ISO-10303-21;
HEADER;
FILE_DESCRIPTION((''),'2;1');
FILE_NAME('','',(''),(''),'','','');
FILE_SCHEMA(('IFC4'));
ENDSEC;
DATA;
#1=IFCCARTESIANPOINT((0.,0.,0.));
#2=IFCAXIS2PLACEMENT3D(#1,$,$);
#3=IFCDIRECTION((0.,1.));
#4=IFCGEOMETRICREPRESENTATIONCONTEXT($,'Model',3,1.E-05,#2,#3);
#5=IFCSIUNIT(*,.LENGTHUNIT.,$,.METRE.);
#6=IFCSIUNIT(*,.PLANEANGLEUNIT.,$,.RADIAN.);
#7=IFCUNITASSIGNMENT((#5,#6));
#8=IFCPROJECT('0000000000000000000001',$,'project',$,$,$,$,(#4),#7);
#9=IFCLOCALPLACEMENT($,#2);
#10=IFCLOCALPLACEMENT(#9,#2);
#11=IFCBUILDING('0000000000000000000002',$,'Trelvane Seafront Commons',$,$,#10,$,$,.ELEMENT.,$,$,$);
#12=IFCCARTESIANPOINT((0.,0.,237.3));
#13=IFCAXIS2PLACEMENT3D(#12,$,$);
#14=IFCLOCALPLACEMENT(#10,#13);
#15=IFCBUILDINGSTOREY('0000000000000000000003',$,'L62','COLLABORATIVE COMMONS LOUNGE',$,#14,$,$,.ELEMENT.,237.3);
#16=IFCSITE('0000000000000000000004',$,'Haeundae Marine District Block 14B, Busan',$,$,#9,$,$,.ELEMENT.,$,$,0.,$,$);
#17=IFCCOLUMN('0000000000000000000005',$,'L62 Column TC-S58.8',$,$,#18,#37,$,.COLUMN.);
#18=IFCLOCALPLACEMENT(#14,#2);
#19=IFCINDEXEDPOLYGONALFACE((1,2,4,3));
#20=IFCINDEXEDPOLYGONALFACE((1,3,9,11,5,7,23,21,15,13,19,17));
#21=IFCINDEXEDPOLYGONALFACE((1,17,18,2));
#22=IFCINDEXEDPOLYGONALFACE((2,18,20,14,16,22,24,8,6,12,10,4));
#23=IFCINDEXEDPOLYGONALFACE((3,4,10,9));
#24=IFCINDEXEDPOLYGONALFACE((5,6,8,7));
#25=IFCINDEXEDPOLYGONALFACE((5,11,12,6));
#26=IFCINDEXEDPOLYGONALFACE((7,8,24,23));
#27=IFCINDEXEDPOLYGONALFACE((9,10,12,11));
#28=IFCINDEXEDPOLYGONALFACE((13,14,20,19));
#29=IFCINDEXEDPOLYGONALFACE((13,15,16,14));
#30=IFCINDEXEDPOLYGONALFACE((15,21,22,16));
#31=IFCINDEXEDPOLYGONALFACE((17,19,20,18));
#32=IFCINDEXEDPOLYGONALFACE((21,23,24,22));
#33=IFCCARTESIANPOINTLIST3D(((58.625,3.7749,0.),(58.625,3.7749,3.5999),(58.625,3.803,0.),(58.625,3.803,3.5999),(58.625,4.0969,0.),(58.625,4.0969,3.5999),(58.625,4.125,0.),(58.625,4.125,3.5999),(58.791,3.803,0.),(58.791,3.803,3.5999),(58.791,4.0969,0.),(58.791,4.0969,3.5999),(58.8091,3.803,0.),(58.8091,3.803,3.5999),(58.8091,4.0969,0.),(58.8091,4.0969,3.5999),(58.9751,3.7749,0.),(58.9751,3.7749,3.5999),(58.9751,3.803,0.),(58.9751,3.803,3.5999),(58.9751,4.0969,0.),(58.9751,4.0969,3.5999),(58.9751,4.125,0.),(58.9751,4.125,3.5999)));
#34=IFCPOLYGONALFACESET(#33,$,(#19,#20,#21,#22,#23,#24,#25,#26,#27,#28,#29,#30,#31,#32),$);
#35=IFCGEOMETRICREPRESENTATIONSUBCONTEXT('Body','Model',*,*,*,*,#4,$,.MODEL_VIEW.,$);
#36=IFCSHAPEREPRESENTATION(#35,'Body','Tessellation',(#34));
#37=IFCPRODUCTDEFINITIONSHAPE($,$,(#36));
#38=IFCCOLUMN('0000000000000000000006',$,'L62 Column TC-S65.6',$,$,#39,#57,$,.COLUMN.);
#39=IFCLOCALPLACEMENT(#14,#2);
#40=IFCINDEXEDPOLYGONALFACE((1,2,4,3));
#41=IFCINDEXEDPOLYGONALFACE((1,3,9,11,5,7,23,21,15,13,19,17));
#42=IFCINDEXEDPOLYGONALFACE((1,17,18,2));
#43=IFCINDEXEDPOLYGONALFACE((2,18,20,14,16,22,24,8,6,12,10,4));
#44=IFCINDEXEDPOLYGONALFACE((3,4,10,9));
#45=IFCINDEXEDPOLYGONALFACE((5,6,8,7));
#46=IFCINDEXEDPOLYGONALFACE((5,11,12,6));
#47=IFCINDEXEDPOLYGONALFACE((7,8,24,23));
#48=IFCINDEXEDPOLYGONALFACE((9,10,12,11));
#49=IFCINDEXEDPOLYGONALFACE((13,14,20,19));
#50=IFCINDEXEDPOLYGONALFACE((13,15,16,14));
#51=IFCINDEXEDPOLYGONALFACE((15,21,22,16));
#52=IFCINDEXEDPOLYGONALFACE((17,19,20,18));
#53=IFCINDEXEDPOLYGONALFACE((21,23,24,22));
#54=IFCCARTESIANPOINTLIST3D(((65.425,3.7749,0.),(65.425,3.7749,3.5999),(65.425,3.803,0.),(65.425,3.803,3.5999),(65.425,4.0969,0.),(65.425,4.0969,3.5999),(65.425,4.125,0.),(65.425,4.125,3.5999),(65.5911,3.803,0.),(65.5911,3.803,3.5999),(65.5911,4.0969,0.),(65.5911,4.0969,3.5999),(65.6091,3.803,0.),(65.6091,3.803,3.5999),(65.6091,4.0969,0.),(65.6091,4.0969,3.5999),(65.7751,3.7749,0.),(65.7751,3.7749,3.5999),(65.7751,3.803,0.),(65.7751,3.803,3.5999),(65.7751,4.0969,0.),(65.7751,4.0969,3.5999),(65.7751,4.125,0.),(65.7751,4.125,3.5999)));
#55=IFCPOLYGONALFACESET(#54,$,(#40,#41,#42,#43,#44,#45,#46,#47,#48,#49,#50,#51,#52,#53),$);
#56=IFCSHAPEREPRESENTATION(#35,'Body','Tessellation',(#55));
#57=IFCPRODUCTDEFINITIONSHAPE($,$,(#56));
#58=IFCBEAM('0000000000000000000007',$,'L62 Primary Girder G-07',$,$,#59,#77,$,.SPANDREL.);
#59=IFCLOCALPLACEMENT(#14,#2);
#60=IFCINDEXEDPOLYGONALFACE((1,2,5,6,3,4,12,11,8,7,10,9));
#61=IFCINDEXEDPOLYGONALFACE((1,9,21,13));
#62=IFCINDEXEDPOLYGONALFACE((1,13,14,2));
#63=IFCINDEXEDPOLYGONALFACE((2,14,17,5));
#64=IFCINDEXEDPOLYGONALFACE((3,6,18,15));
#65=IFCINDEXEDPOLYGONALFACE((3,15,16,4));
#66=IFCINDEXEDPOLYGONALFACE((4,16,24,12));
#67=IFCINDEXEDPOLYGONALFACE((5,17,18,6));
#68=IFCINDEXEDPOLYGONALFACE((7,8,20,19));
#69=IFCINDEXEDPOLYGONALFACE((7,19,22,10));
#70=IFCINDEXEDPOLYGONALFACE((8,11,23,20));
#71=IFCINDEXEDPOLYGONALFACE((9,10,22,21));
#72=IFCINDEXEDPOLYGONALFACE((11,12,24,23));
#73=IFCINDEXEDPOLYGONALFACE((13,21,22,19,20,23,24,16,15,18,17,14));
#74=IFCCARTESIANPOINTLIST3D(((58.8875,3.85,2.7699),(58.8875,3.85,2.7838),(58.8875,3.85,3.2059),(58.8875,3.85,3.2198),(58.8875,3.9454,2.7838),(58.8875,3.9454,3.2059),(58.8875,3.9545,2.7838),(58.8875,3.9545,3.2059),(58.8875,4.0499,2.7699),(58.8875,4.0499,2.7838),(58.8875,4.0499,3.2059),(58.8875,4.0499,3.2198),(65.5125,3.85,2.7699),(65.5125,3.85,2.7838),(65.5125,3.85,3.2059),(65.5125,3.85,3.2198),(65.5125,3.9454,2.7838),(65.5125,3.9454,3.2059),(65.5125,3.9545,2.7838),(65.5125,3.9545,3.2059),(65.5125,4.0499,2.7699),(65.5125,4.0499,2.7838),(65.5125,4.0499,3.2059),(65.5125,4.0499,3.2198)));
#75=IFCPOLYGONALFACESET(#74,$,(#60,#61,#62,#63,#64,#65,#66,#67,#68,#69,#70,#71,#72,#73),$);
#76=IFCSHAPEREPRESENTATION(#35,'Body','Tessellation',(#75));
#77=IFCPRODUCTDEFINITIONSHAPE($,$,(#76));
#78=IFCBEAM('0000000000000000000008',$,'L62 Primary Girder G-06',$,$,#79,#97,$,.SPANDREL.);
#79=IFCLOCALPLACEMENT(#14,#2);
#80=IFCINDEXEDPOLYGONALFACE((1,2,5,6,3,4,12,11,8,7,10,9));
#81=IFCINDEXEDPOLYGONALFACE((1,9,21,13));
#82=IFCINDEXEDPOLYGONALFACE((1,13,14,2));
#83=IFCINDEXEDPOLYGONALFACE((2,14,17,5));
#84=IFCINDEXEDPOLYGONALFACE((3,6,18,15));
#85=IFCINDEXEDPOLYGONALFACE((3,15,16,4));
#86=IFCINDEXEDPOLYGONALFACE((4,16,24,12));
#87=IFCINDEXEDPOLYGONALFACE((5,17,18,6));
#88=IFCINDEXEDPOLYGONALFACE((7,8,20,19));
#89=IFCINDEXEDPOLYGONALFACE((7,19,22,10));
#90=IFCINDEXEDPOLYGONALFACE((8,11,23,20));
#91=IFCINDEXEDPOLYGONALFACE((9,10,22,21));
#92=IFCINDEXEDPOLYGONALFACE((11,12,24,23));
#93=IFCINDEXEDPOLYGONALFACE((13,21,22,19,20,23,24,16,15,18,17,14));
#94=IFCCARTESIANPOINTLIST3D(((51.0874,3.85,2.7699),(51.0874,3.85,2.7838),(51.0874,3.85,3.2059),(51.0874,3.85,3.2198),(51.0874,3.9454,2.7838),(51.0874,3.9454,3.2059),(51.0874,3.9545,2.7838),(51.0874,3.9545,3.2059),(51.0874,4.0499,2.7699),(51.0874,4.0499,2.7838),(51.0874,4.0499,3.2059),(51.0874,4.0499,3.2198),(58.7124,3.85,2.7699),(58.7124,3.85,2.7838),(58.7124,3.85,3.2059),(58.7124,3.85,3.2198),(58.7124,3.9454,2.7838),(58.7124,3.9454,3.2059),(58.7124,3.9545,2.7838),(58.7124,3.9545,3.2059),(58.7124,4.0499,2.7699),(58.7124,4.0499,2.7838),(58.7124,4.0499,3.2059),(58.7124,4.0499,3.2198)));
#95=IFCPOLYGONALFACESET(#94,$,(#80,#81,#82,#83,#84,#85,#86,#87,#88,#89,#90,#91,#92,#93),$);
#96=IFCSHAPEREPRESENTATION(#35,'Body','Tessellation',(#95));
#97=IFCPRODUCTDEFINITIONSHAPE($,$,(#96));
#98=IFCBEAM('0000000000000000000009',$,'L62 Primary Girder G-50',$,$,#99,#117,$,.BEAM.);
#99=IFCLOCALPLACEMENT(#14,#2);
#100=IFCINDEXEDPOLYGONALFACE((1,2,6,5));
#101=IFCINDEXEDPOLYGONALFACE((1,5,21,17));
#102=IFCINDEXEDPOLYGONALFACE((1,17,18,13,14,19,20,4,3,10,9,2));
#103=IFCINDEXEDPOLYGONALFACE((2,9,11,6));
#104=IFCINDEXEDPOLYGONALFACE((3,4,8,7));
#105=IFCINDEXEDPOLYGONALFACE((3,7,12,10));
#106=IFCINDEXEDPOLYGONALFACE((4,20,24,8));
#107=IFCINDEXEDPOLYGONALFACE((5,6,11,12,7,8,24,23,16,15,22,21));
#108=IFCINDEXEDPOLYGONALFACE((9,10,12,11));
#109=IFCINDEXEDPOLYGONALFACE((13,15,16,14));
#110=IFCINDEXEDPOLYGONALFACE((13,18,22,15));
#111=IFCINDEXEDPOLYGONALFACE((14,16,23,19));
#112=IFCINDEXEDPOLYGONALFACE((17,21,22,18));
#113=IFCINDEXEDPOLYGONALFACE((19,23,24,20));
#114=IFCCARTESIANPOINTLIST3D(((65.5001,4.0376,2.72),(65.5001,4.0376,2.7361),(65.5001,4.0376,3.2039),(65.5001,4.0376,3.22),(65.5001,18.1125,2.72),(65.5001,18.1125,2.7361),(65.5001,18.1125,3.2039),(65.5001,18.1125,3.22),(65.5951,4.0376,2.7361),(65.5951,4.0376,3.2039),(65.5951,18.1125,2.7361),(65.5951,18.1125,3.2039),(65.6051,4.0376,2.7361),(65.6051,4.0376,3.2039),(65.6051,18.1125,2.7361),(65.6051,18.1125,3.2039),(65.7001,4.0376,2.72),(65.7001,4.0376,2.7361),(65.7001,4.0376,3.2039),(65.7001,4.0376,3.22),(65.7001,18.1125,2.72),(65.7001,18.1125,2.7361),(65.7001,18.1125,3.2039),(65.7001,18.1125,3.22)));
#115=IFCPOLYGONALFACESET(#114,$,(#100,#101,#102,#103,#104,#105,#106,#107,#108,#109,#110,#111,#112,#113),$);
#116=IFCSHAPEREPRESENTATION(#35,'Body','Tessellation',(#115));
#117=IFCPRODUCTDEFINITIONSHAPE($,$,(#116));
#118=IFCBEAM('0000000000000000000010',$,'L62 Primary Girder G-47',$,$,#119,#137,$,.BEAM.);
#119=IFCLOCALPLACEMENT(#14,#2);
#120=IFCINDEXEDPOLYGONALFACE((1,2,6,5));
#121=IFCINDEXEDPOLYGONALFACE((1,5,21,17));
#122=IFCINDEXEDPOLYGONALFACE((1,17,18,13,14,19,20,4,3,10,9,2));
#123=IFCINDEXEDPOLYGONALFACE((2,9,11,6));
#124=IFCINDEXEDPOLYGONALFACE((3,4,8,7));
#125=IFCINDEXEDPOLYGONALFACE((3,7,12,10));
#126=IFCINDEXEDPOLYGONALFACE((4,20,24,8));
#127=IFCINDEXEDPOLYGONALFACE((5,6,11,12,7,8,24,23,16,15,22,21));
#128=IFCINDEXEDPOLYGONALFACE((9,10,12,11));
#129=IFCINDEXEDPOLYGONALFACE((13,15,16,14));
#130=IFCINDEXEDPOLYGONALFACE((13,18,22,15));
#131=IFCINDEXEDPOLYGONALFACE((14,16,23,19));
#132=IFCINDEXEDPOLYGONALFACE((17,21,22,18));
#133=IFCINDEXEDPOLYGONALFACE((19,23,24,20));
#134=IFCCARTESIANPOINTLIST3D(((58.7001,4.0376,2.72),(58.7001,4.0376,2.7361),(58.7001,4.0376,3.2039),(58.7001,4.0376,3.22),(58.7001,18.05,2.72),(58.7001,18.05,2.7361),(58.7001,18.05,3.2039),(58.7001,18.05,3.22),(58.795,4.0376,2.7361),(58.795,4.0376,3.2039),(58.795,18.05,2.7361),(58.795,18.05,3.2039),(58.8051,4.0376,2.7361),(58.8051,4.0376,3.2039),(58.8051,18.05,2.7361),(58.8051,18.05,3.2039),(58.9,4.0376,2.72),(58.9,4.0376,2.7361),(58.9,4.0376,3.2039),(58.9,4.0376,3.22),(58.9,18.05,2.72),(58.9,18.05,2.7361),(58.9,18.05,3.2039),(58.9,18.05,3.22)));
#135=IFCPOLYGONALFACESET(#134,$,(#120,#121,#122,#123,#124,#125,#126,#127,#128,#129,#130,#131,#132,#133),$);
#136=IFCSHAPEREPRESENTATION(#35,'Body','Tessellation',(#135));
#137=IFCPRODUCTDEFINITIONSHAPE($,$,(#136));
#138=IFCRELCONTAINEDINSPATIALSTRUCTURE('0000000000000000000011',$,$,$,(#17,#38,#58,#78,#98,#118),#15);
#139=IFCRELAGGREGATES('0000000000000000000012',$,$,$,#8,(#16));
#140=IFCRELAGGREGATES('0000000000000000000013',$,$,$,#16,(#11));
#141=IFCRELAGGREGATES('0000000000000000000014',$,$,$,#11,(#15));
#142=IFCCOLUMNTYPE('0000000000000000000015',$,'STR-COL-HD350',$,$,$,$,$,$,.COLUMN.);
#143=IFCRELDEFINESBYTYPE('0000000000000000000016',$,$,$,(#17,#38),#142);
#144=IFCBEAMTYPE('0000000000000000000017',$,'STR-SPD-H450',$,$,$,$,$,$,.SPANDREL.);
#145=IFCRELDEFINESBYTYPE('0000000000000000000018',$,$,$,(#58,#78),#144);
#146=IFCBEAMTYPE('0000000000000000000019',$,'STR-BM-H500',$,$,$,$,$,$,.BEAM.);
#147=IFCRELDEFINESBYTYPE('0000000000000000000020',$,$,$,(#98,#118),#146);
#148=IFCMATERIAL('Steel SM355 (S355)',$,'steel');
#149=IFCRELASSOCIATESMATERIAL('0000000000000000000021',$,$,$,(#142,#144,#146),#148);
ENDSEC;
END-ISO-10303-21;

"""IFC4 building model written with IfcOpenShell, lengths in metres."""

from ifc_helpers import new_model, si_unit, direction, frame, origin, origin_2d, place, context, subcontext, project, spatial, i_section, extrude, source, transform, mapped, material, material_profile, profile_set, type_object, element, save


model = new_model("IFC4")

# Units and contexts
model_context = context("Model", 3, precision=1e-05, world=origin(), true_north=direction((0.0, 1.0)))
body_context = subcontext(model_context, "Body", "Model", "MODEL_VIEW")
ifc_project = project(units=[si_unit("LENGTHUNIT", "METRE"), si_unit("PLANEANGLEUNIT", "RADIAN")], contexts=[model_context])

# Site, building, storey
site_placement = place(None, origin())
site = spatial("IfcSite", under=ifc_project, at=site_placement, Name="Haeundae Marine District Block 14B, Busan", CompositionType="ELEMENT", RefElevation=0.0)
building_placement = place(site_placement, origin())
building = spatial("IfcBuilding", under=site, at=building_placement, Name="Trelvane Seafront Commons", CompositionType="ELEMENT")
storey_placement = place(building_placement, frame((0.0, 0.0, 237.3)))
storey = spatial("IfcBuildingStorey", under=building, at=storey_placement, Name="L62", Description="COLLABORATIVE COMMONS LOUNGE", CompositionType="ELEMENT", Elevation=237.3)

# Columns
ifc_material_1 = material(Name="Steel SM355 (S355)", Category="steel")
ifc_material_profile_1 = material_profile(ifc_material_1, i_section(OverallWidth=0.3501, OverallDepth=0.3501, WebThickness=0.0181, FlangeThickness=0.0281, at=origin_2d()), Name="HD-350x350x18x28")
ifc_profile_set_1 = profile_set([ifc_material_profile_1], Name="Steel SM355 (S355)")
column_type = type_object("IfcColumnType", Name="STR-COL-HD350", PredefinedType="COLUMN", material=ifc_profile_set_1)
shared_shape_1 = source(origin(), body_context, "Body", "SweptSolid", [
    extrude(i_section(OverallWidth=0.3501, OverallDepth=0.3501, WebThickness=0.0181, FlangeThickness=0.0281, at=origin_2d()), origin(), (0.0, 0.0, 1.0), 3.5999),
])
for number, where, z_axis, x_axis, name in (
    (1, (58.8, 3.95, 0.0), (0.0, 0.0, 1.0), (1.0, 0.0, 0.0), "L62 Column TC-S58.8"),
    (2, (65.6001, 3.95, 0.0), (0.0, 0.0, 1.0), (1.0, 0.0, 0.0), "L62 Column TC-S65.6"),
):
    element("IfcColumn", number, at=place(storey_placement, frame(where, z_axis=z_axis, x_axis=x_axis)), inside=storey, type_object=column_type, Name=name, PredefinedType="COLUMN", context=body_context, shape_type="MappedRepresentation", body=[
        mapped(shared_shape_1, transform((0.0, 0.0, 0.0), x_axis=(1.0, 0.0, 0.0), y_axis=(0.0, 1.0, 0.0), z_axis=(0.0, 0.0, 1.0), scale=1.0)),
    ])

# Beams
ifc_material_profile_2 = material_profile(ifc_material_1, i_section(OverallWidth=0.2, OverallDepth=0.45, WebThickness=0.009, FlangeThickness=0.0139, at=origin_2d()), Name="H-450x200x9x14")
ifc_profile_set_2 = profile_set([ifc_material_profile_2], Name="Steel SM355 (S355)")
beam_type_1 = type_object("IfcBeamType", Name="STR-SPD-H450", PredefinedType="SPANDREL", material=ifc_profile_set_2)
shared_shape_2 = source(origin(), body_context, "Body", "SweptSolid", [
    extrude(i_section(OverallWidth=0.2, OverallDepth=0.45, WebThickness=0.009, FlangeThickness=0.0139, at=origin_2d()), origin(), (0.0, 0.0, 1.0), 6.625),
])
beam_1_placement = place(storey_placement, frame((58.8875, 3.95, 2.9949), z_axis=(1.0, 0.0, 0.0), x_axis=(0.0, 1.0, 0.0)))
element("IfcBeam", 3, at=beam_1_placement, inside=storey, type_object=beam_type_1, Name="L62 Primary Girder G-07", PredefinedType="SPANDREL", context=body_context, shape_type="MappedRepresentation", body=[
    mapped(shared_shape_2, transform((0.0, 0.0, 0.0), x_axis=(1.0, 0.0, 0.0), y_axis=(0.0, 1.0, 0.0), z_axis=(0.0, 0.0, 1.0), scale=1.0)),
])
shared_shape_3 = source(origin(), body_context, "Body", "SweptSolid", [
    extrude(i_section(OverallWidth=0.2, OverallDepth=0.45, WebThickness=0.009, FlangeThickness=0.0139, at=origin_2d()), origin(), (0.0, 0.0, 1.0), 7.625),
])
beam_2_placement = place(storey_placement, frame((51.0874, 3.95, 2.9949), z_axis=(1.0, 0.0, 0.0), x_axis=(0.0, 1.0, 0.0)))
element("IfcBeam", 4, at=beam_2_placement, inside=storey, type_object=beam_type_1, Name="L62 Primary Girder G-06", PredefinedType="SPANDREL", context=body_context, shape_type="MappedRepresentation", body=[
    mapped(shared_shape_3, transform((0.0, 0.0, 0.0), x_axis=(1.0, 0.0, 0.0), y_axis=(0.0, 1.0, 0.0), z_axis=(0.0, 0.0, 1.0), scale=1.0)),
])
ifc_material_profile_3 = material_profile(ifc_material_1, i_section(OverallWidth=0.2, OverallDepth=0.5, WebThickness=0.01, FlangeThickness=0.0161, at=origin_2d()), Name="H-500x200x10x16")
ifc_profile_set_3 = profile_set([ifc_material_profile_3], Name="Steel SM355 (S355)")
beam_type_2 = type_object("IfcBeamType", Name="STR-BM-H500", PredefinedType="BEAM", material=ifc_profile_set_3)
shared_shape_4 = source(origin(), body_context, "Body", "SweptSolid", [
    extrude(i_section(OverallWidth=0.2, OverallDepth=0.5, WebThickness=0.01, FlangeThickness=0.0161, at=origin_2d()), origin(), (0.0, 0.0, 1.0), 14.075),
])
beam_3_placement = place(storey_placement, frame((65.6001, 4.0376, 2.97), z_axis=(0.0, 1.0, 0.0), x_axis=(-1.0, 0.0, 0.0)))
element("IfcBeam", 5, at=beam_3_placement, inside=storey, type_object=beam_type_2, Name="L62 Primary Girder G-50", PredefinedType="BEAM", context=body_context, shape_type="MappedRepresentation", body=[
    mapped(shared_shape_4, transform((0.0, 0.0, 0.0), x_axis=(1.0, 0.0, 0.0), y_axis=(0.0, 1.0, 0.0), z_axis=(0.0, 0.0, 1.0), scale=1.0)),
])
shared_shape_5 = source(origin(), body_context, "Body", "SweptSolid", [
    extrude(i_section(OverallWidth=0.2, OverallDepth=0.5, WebThickness=0.01, FlangeThickness=0.0161, at=origin_2d()), origin(), (0.0, 0.0, 1.0), 14.0125),
])
beam_4_placement = place(storey_placement, frame((58.8, 4.0376, 2.97), z_axis=(0.0, 1.0, 0.0), x_axis=(-1.0, 0.0, 0.0)))
element("IfcBeam", 6, at=beam_4_placement, inside=storey, type_object=beam_type_2, Name="L62 Primary Girder G-47", PredefinedType="BEAM", context=body_context, shape_type="MappedRepresentation", body=[
    mapped(shared_shape_5, transform((0.0, 0.0, 0.0), x_axis=(1.0, 0.0, 0.0), y_axis=(0.0, 1.0, 0.0), z_axis=(0.0, 0.0, 1.0), scale=1.0)),
])

save(model, "model.ifc")
